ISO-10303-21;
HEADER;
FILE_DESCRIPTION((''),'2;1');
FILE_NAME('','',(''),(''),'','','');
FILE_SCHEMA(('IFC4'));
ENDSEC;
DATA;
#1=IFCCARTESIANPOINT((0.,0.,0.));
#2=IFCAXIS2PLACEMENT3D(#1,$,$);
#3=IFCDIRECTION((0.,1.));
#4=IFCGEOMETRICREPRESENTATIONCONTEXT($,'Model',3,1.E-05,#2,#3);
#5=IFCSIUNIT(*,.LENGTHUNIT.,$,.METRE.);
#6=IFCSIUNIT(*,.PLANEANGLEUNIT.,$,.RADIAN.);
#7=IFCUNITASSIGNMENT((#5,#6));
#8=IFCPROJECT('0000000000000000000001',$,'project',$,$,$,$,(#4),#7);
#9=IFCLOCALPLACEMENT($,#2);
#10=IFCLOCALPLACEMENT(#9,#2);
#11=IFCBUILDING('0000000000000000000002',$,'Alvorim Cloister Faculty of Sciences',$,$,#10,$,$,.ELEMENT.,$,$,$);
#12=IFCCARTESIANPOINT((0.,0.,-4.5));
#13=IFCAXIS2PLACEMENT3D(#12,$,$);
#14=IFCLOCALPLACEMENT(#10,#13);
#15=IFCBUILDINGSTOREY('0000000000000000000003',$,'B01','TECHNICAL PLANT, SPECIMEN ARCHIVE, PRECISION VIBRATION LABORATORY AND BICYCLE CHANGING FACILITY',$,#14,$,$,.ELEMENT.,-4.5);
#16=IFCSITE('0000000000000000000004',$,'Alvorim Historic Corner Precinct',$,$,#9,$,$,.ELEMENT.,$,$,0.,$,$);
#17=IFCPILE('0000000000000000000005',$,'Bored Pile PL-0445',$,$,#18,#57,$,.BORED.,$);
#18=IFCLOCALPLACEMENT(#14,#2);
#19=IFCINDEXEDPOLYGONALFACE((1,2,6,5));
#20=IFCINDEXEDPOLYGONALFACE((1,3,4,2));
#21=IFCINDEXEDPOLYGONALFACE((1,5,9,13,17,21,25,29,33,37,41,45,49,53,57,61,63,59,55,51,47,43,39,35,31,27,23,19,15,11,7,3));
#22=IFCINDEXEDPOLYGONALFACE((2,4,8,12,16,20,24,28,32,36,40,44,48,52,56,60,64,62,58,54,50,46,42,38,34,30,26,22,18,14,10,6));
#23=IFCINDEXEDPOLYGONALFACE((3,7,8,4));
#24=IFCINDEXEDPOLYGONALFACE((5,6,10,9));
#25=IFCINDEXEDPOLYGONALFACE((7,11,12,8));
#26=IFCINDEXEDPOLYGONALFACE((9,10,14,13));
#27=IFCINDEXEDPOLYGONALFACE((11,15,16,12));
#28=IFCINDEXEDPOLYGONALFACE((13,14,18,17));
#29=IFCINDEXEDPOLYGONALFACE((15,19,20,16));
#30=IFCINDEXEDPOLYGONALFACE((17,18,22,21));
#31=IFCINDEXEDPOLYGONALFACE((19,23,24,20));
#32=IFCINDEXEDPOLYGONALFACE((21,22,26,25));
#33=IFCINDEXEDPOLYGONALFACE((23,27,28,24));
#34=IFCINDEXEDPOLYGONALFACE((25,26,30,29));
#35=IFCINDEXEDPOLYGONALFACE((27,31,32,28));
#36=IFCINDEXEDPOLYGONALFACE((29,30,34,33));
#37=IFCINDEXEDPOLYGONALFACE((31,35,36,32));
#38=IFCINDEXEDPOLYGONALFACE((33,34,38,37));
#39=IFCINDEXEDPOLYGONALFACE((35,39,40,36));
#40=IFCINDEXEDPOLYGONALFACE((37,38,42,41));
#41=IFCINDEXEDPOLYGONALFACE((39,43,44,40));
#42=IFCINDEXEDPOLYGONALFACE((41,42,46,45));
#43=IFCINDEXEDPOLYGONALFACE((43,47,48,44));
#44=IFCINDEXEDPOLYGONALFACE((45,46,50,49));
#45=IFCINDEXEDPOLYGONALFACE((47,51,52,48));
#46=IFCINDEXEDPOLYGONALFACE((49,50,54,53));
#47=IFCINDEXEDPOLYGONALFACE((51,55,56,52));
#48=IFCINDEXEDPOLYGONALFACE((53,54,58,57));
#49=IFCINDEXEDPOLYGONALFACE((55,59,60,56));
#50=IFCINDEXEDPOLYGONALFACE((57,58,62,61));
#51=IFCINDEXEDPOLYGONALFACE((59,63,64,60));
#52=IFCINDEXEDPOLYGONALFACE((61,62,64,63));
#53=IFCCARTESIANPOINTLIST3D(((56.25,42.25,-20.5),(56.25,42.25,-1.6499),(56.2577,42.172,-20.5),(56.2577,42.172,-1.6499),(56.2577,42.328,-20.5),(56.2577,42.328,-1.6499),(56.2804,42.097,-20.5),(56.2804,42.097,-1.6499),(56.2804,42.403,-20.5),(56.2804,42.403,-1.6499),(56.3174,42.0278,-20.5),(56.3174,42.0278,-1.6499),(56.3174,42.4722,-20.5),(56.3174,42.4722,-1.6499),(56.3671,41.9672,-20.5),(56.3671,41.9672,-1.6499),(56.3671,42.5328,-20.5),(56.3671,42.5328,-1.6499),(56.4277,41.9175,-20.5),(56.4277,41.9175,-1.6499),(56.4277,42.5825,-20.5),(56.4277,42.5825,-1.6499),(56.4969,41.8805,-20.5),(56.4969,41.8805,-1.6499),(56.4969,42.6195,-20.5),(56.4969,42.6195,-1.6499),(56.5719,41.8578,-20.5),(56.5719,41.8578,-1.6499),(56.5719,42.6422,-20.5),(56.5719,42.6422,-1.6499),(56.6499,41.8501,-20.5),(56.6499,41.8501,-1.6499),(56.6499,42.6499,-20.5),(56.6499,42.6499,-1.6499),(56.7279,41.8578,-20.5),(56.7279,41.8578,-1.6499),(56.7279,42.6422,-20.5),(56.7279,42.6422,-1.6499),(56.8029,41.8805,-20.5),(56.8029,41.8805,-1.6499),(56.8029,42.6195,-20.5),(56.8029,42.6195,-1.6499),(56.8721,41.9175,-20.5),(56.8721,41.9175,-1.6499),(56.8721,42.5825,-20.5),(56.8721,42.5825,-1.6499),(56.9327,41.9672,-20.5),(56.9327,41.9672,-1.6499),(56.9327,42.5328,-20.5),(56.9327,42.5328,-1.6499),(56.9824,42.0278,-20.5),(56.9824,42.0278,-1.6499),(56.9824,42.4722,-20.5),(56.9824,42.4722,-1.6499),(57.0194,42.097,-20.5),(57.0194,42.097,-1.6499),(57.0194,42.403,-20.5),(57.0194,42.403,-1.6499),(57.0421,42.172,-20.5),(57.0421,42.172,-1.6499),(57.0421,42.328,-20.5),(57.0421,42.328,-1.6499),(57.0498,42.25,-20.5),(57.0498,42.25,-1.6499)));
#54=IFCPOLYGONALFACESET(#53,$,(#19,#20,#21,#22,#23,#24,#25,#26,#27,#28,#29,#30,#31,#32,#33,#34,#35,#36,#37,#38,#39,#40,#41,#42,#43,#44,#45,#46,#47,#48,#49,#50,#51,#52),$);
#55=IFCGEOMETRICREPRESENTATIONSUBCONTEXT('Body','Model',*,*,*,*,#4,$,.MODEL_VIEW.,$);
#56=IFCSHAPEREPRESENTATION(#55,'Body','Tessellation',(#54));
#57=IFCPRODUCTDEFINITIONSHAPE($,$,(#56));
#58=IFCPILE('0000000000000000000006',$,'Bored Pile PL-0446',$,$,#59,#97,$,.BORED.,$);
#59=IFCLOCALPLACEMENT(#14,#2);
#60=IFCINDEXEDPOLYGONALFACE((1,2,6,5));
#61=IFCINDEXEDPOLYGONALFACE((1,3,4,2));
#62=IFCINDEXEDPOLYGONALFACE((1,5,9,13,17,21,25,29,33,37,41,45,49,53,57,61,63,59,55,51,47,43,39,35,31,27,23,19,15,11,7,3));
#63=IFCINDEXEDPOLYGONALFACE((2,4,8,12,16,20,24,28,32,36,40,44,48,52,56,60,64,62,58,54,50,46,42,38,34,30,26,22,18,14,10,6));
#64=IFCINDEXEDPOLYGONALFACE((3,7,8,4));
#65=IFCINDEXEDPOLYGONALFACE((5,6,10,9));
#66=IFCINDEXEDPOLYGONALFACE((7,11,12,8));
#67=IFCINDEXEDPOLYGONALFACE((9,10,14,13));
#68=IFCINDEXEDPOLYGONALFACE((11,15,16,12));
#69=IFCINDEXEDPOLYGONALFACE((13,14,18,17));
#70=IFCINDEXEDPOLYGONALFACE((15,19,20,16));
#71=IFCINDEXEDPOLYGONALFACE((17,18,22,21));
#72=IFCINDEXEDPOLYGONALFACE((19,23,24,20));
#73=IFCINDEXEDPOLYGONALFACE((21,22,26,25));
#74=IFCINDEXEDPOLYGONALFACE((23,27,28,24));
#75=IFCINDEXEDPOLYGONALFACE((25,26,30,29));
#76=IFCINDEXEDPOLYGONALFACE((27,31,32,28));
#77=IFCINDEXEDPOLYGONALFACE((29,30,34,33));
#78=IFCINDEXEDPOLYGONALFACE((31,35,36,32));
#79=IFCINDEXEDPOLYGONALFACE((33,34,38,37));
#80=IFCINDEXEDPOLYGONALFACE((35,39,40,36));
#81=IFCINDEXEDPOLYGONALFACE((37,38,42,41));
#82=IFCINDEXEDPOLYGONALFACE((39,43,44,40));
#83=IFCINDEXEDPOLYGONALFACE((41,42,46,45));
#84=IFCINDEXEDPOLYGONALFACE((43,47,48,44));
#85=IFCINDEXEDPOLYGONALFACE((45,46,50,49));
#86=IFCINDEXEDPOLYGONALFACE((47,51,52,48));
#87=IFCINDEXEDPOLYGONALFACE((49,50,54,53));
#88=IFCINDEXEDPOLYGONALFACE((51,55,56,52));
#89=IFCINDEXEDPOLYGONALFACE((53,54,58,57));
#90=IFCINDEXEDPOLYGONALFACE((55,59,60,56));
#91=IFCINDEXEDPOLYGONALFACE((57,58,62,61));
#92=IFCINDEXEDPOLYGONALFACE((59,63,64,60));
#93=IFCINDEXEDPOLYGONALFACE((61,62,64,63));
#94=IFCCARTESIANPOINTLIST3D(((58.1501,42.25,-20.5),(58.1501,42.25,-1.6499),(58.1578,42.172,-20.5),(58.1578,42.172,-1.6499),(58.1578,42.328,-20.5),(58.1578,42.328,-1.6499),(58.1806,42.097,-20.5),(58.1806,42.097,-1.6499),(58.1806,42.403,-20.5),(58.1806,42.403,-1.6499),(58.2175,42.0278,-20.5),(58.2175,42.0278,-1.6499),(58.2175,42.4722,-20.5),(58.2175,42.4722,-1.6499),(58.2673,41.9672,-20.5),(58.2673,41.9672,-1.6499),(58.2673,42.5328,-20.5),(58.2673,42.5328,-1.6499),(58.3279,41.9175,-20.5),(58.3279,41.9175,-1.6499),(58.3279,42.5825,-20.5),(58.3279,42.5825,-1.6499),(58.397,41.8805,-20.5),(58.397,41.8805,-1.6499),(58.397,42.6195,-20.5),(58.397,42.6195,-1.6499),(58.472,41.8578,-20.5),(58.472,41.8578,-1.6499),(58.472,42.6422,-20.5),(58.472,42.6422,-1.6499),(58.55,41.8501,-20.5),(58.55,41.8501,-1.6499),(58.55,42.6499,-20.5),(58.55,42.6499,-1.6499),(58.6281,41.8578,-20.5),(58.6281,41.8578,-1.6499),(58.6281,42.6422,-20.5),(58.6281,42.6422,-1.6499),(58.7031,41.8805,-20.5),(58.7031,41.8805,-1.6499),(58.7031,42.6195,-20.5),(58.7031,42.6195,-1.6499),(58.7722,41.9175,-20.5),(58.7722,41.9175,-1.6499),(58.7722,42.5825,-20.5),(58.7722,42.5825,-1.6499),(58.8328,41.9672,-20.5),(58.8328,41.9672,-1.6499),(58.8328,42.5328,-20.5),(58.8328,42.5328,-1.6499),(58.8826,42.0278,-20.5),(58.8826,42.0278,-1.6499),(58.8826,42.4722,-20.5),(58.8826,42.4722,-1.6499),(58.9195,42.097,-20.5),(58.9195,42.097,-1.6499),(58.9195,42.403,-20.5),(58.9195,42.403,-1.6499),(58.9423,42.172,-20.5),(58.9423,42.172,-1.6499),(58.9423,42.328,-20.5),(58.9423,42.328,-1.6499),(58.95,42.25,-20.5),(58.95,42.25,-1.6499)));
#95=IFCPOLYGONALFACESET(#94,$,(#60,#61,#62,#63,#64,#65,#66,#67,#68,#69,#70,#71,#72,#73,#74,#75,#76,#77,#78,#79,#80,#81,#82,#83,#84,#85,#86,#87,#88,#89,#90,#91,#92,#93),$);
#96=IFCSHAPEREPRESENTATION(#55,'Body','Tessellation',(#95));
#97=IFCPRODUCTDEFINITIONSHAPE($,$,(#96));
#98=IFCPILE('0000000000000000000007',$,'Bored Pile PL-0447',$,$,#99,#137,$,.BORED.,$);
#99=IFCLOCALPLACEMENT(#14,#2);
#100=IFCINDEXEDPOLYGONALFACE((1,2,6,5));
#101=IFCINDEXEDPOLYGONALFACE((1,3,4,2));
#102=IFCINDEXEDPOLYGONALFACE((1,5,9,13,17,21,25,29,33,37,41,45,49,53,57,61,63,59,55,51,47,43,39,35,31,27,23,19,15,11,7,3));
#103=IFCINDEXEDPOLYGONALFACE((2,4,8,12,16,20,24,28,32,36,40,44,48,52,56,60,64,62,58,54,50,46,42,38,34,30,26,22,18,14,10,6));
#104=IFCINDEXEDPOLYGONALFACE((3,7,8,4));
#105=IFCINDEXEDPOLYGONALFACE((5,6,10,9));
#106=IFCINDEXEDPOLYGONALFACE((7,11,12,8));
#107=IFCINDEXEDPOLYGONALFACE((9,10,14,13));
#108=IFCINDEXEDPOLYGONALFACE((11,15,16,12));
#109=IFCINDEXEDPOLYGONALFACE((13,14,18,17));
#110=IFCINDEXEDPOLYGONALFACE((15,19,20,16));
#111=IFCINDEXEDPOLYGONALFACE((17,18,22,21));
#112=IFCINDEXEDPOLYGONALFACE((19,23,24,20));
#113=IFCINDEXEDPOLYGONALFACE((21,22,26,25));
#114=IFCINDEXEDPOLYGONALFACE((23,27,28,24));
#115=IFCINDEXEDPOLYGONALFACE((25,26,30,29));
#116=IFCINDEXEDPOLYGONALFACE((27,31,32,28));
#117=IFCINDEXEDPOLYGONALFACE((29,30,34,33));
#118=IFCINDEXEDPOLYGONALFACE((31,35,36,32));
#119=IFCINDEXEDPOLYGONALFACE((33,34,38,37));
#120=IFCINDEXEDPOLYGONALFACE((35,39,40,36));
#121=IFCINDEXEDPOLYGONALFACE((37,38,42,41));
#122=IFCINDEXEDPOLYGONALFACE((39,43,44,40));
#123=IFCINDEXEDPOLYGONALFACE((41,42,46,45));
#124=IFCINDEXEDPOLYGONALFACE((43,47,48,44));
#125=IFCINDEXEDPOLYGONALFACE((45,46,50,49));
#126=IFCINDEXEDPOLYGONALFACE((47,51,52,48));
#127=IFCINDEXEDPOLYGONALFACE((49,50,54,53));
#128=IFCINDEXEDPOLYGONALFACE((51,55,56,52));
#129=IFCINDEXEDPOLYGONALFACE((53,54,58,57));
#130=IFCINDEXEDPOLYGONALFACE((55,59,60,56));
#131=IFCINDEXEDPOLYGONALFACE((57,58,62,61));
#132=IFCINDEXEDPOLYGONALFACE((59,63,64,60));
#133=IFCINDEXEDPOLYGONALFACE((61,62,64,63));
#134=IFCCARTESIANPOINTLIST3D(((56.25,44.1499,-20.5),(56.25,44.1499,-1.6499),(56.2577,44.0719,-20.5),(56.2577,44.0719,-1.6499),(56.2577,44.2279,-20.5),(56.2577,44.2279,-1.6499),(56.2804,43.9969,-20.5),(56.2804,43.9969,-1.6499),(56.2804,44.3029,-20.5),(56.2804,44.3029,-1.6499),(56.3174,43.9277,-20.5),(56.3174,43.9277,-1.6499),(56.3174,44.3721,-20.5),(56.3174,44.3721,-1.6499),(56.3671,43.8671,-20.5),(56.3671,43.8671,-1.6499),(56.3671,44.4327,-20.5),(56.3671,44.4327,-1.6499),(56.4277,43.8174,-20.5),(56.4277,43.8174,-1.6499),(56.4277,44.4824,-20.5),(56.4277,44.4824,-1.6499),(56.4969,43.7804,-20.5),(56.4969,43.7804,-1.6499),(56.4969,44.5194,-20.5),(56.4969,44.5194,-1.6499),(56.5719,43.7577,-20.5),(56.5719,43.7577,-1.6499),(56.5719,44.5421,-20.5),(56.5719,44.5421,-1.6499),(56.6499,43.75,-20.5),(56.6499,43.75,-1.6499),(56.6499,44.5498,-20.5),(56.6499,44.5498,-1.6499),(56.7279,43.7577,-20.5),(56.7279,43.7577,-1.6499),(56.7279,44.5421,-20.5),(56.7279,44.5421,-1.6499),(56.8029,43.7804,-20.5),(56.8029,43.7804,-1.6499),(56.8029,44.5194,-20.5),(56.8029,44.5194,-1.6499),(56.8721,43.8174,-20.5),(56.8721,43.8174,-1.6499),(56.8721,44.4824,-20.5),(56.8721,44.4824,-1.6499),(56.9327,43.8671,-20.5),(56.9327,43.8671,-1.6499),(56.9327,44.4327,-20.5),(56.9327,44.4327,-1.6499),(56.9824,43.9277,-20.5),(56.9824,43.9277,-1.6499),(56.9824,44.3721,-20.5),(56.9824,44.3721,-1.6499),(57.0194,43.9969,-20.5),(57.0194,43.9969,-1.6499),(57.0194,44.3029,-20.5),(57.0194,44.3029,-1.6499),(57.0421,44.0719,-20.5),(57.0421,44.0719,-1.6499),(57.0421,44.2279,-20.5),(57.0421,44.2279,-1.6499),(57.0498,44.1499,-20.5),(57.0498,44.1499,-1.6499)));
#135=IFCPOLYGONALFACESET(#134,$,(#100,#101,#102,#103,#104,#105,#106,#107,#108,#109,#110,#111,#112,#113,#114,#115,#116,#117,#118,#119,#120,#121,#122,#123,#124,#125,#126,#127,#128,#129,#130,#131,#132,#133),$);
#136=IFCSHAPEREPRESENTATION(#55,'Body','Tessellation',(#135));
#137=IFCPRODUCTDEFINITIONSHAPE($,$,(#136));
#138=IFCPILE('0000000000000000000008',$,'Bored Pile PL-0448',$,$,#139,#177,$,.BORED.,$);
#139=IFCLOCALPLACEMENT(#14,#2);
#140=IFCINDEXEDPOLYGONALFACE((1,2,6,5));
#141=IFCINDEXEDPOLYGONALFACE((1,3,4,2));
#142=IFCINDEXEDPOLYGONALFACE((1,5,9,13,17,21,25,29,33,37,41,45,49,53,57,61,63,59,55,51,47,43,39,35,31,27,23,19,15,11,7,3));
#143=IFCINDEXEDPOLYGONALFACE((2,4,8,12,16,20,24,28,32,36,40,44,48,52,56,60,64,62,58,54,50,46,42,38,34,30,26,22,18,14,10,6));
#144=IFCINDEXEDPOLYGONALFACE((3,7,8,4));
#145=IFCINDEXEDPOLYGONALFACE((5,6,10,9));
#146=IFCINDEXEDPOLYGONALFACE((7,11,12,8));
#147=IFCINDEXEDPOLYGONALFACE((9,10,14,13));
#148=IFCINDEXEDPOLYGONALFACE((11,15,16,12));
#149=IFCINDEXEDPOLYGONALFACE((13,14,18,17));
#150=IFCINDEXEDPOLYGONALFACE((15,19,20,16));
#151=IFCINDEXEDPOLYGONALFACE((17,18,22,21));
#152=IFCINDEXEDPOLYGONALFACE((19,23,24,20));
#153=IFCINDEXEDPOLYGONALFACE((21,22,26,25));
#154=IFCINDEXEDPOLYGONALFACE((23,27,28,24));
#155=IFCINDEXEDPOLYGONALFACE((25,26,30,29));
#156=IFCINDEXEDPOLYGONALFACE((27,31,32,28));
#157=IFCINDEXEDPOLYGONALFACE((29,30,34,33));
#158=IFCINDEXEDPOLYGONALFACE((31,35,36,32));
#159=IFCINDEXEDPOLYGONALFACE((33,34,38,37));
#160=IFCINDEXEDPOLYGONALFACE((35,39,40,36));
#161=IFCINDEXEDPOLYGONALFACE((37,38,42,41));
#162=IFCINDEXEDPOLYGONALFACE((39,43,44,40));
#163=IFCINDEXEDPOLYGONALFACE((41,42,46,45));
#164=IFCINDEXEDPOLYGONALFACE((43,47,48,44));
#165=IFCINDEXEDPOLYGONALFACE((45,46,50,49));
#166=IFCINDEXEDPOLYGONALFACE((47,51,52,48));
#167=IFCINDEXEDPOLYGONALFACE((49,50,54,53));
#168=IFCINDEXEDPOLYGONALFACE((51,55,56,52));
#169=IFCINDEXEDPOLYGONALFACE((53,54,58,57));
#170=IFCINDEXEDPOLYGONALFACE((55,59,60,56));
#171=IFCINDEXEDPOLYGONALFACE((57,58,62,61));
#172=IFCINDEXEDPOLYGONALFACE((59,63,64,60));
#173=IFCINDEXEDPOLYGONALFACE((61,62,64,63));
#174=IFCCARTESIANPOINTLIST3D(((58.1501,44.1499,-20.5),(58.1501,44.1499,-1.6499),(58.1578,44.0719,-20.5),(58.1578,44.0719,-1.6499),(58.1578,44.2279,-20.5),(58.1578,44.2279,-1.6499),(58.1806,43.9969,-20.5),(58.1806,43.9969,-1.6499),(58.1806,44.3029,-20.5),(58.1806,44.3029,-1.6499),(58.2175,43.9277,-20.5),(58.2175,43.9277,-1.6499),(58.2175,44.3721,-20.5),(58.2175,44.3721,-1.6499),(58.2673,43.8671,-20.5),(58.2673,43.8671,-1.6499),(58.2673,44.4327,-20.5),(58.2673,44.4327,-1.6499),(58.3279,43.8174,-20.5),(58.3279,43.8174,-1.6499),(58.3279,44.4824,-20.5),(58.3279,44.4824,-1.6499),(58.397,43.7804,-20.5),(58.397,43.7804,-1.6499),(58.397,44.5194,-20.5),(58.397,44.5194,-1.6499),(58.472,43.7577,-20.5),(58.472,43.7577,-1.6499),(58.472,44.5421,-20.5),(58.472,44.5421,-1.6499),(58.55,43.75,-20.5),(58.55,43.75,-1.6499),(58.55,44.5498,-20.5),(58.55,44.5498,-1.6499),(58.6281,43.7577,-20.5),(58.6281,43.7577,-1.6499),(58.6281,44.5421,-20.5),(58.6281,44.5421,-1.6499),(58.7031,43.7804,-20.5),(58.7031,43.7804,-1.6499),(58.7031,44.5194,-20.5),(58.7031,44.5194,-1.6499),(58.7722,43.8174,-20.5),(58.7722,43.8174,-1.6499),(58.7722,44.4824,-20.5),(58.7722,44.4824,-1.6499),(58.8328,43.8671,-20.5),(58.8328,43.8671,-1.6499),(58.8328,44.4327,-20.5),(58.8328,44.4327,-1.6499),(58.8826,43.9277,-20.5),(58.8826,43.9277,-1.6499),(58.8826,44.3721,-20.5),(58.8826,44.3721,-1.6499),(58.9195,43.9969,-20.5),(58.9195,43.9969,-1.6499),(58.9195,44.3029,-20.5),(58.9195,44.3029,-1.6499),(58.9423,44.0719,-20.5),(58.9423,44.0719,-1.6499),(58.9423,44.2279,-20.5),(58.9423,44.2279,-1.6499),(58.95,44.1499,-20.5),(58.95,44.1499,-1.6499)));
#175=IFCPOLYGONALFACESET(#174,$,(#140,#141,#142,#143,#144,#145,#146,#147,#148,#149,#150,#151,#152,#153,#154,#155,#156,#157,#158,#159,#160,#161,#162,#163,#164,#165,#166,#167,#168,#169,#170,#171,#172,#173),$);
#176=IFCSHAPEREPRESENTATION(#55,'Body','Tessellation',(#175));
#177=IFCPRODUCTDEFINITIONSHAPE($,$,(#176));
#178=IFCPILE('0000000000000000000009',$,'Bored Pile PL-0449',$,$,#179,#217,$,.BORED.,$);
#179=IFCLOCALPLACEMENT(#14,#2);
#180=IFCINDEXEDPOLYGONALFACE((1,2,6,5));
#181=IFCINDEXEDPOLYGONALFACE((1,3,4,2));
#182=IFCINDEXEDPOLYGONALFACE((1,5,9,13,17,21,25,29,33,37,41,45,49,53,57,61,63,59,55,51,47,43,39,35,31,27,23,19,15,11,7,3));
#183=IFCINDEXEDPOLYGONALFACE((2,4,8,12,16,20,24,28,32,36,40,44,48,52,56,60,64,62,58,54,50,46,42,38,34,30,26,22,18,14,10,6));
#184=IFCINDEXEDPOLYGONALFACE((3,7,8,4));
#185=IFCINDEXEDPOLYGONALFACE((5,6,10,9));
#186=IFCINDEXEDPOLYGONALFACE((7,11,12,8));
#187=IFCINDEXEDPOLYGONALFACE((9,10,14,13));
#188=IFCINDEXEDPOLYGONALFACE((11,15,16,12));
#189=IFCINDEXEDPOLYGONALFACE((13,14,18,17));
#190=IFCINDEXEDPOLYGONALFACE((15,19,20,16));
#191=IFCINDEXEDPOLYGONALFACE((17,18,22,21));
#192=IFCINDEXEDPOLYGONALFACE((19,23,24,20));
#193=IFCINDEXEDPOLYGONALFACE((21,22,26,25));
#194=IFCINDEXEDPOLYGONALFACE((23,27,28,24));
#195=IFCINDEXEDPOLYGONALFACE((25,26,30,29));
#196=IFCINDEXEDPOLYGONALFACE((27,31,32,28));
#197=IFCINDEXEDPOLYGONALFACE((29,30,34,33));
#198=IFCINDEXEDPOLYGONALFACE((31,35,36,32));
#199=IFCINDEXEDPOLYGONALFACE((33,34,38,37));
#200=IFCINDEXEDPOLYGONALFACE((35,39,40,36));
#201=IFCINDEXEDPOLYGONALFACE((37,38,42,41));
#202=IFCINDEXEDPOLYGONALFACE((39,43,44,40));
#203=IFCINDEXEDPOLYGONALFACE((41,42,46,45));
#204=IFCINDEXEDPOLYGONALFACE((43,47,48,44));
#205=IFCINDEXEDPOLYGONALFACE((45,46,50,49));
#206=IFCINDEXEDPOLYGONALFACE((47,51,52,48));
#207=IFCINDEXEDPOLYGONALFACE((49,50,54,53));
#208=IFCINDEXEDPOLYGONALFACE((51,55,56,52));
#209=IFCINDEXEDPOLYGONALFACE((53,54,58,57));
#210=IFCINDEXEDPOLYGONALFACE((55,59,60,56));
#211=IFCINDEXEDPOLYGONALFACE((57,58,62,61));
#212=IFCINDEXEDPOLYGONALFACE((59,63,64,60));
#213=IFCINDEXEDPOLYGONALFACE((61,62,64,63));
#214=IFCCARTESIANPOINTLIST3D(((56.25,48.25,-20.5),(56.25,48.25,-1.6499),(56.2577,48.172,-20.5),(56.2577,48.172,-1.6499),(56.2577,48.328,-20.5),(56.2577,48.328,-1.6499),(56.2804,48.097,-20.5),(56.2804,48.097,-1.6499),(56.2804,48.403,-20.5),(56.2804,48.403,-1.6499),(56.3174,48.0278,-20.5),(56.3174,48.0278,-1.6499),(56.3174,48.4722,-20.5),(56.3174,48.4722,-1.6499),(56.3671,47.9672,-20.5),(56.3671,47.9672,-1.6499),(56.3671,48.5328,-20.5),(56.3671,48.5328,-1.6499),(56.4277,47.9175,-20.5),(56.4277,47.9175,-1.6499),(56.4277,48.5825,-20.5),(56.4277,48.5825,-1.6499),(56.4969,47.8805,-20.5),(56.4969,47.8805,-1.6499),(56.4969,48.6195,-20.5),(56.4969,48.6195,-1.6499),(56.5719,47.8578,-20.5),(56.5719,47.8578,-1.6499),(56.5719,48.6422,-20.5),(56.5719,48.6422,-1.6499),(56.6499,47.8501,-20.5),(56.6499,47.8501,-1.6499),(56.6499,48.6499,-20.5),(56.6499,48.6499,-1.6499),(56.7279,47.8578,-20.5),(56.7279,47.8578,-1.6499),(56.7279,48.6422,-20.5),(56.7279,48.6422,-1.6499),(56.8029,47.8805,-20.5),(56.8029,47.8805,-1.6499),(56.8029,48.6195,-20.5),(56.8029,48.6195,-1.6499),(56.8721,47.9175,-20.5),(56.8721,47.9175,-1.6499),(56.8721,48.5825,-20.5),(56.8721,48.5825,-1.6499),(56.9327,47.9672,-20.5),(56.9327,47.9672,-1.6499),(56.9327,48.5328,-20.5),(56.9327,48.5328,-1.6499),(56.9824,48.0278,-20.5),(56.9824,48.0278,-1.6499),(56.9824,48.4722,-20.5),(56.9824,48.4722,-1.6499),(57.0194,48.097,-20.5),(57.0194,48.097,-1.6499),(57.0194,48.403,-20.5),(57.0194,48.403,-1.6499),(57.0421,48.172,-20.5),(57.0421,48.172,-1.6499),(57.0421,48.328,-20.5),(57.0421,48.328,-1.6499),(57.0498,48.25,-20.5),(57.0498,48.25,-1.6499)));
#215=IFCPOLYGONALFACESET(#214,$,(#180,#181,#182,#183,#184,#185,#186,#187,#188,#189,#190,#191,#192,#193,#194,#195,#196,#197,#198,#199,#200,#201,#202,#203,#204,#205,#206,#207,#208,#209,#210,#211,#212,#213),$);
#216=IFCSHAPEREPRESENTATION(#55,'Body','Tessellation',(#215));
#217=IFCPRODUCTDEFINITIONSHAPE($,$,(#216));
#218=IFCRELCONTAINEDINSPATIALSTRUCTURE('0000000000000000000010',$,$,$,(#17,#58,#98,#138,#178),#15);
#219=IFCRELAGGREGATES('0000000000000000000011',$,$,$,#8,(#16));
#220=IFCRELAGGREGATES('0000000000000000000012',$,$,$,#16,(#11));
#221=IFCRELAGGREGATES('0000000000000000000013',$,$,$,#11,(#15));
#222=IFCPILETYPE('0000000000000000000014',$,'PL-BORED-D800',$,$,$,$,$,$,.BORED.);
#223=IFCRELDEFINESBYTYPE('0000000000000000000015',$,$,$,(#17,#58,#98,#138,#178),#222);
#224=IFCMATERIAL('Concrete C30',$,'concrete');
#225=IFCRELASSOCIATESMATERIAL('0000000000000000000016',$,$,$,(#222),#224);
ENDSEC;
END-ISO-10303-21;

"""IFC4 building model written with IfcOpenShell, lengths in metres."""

from ifc_helpers import new_model, si_unit, direction, frame, origin, origin_2d, place, context, subcontext, project, spatial, circle, extrude, material, material_profile, profile_set, type_object, element, save


model = new_model("IFC4")

# Units and contexts
model_context = context("Model", 3, precision=1e-05, world=origin(), true_north=direction((0.0, 1.0)))
body_context = subcontext(model_context, "Body", "Model", "MODEL_VIEW")
ifc_project = project(units=[si_unit("LENGTHUNIT", "METRE"), si_unit("PLANEANGLEUNIT", "RADIAN")], contexts=[model_context])

# Site, building, storey
site_placement = place(None, origin())
site = spatial("IfcSite", under=ifc_project, at=site_placement, Name="Alvorim Historic Corner Precinct", CompositionType="ELEMENT", RefElevation=0.0)
building_placement = place(site_placement, origin())
building = spatial("IfcBuilding", under=site, at=building_placement, Name="Alvorim Cloister Faculty of Sciences", CompositionType="ELEMENT")
storey_placement = place(building_placement, frame((0.0, 0.0, -4.5)))
storey = spatial("IfcBuildingStorey", under=building, at=storey_placement, Name="B01", Description="TECHNICAL PLANT, SPECIMEN ARCHIVE, PRECISION VIBRATION LABORATORY AND BICYCLE CHANGING FACILITY", CompositionType="ELEMENT", Elevation=-4.5)

# Piles
ifc_material_1 = material(Name="Concrete C30", Category="concrete")
ifc_material_profile_1 = material_profile(ifc_material_1, circle(Radius=0.3999, at=origin_2d()), Name="PILE-D800")
ifc_profile_set_1 = profile_set([ifc_material_profile_1], Name="Concrete C30")
pile_type = type_object("IfcPileType", Name="PL-BORED-D800", PredefinedType="BORED", material=ifc_profile_set_1)
for number, where, z_axis, x_axis, name in (
    (1, (56.6499, 42.25, -1.6499), (0.0, 0.0, -1.0), (1.0, 0.0, 0.0), "Bored Pile PL-0445"),
    (2, (58.55, 42.25, -1.6499), (0.0, 0.0, -1.0), (1.0, 0.0, 0.0), "Bored Pile PL-0446"),
    (3, (56.6499, 44.1499, -1.6499), (0.0, 0.0, -1.0), (1.0, 0.0, 0.0), "Bored Pile PL-0447"),
    (4, (58.55, 44.1499, -1.6499), (0.0, 0.0, -1.0), (1.0, 0.0, 0.0), "Bored Pile PL-0448"),
    (5, (56.6499, 48.25, -1.6499), (0.0, 0.0, -1.0), (1.0, 0.0, 0.0), "Bored Pile PL-0449"),
):
    element("IfcPile", number, at=place(storey_placement, frame(where, z_axis=z_axis, x_axis=x_axis)), inside=storey, type_object=pile_type, Name=name, PredefinedType="BORED", context=body_context, shape_type="SweptSolid", body=[
        extrude(circle(Radius=0.3999, at=origin_2d()), origin(), (0.0, 0.0, 1.0), 18.8501),
    ])

save(model, "model.ifc")
